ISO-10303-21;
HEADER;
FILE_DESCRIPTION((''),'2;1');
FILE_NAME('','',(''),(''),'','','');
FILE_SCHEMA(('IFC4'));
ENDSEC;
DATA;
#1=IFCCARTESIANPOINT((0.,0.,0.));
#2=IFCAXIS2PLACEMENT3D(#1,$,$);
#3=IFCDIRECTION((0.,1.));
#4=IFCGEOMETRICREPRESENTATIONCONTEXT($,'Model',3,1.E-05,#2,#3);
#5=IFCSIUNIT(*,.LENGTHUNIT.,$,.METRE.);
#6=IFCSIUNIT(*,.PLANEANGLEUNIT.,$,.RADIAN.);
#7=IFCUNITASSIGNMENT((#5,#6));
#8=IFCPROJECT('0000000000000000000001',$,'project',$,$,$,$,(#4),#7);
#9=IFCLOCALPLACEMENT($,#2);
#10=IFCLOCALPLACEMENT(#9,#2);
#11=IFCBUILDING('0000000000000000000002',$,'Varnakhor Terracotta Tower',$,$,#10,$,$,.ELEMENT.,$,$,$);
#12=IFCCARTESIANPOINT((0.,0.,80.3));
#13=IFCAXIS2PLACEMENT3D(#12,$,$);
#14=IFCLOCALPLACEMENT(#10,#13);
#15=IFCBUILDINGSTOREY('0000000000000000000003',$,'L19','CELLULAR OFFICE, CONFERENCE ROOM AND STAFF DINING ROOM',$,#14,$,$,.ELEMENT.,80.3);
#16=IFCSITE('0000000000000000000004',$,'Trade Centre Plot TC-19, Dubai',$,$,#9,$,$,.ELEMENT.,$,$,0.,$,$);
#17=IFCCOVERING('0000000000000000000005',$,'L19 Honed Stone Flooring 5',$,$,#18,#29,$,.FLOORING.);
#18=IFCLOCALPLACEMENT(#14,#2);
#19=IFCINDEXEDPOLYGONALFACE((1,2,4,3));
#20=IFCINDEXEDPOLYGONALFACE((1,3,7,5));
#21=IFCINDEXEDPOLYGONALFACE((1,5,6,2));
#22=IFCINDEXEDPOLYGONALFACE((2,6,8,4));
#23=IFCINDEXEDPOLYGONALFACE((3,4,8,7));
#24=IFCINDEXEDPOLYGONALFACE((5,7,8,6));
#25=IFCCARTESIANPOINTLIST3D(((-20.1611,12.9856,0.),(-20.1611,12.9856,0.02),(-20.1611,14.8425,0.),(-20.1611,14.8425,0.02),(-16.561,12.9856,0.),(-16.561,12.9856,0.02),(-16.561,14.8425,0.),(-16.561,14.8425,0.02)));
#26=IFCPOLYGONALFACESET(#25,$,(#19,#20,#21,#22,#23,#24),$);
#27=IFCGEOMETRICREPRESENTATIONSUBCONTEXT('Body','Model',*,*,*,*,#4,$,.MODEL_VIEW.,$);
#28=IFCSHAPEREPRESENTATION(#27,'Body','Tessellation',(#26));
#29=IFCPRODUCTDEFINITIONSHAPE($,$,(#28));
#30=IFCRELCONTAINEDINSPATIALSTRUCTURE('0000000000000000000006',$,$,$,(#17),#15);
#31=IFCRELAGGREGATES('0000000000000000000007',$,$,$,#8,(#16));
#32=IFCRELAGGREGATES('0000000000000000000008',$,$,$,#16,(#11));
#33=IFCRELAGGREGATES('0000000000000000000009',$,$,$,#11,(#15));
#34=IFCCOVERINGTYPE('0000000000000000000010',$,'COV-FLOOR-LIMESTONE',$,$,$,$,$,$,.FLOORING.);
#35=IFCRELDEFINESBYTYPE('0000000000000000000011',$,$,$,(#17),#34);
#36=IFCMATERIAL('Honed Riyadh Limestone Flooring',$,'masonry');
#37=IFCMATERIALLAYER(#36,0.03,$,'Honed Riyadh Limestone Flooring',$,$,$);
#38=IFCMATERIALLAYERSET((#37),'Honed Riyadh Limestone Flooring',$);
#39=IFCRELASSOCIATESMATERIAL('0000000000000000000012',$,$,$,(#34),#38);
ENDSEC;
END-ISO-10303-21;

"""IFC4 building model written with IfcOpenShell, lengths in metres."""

from ifc_helpers import new_model, si_unit, direction, frame, origin, origin_2d, place, context, subcontext, project, spatial, rectangle, extrude, source, transform, mapped, material, layer, layer_set, type_object, element, save


model = new_model("IFC4")

# Units and contexts
model_context = context("Model", 3, precision=1e-05, world=origin(), true_north=direction((0.0, 1.0)))
body_context = subcontext(model_context, "Body", "Model", "MODEL_VIEW")
ifc_project = project(units=[si_unit("LENGTHUNIT", "METRE"), si_unit("PLANEANGLEUNIT", "RADIAN")], contexts=[model_context])

# Site, building, storey
site_placement = place(None, origin())
site = spatial("IfcSite", under=ifc_project, at=site_placement, Name="Trade Centre Plot TC-19, Dubai", CompositionType="ELEMENT", RefElevation=0.0)
building_placement = place(site_placement, origin())
building = spatial("IfcBuilding", under=site, at=building_placement, Name="Varnakhor Terracotta Tower", CompositionType="ELEMENT")
storey_placement = place(building_placement, frame((0.0, 0.0, 80.3)))
storey = spatial("IfcBuildingStorey", under=building, at=storey_placement, Name="L19", Description="CELLULAR OFFICE, CONFERENCE ROOM AND STAFF DINING ROOM", CompositionType="ELEMENT", Elevation=80.3)

# Covering
ifc_material_1 = material(Name="Honed Riyadh Limestone Flooring", Category="masonry")
ifc_layer_1 = layer(ifc_material_1, 0.03, Name="Honed Riyadh Limestone Flooring")
ifc_layer_set_1 = layer_set([ifc_layer_1], Name="Honed Riyadh Limestone Flooring")
covering_type_1 = type_object("IfcCoveringType", Name="COV-FLOOR-LIMESTONE", PredefinedType="FLOORING", material=ifc_layer_set_1)
shared_shape_1 = source(origin(), body_context, "Body", "SweptSolid", [
    extrude(rectangle(XDim=3.6001, YDim=1.8569, at=origin_2d()), origin(), (0.0, 0.0, 1.0), 0.02),
])
covering_1_placement = place(storey_placement, frame((-18.3611, 13.9141, 0.0), z_axis=(0.0, 0.0, 1.0), x_axis=(1.0, 0.0, 0.0)))
element("IfcCovering", 1, at=covering_1_placement, inside=storey, type_object=covering_type_1, Name="L19 Honed Stone Flooring 5", PredefinedType="FLOORING", context=body_context, shape_type="MappedRepresentation", body=[
    mapped(shared_shape_1, transform((0.0, 0.0, 0.0), scale=1.0)),
])

save(model, "model.ifc")
